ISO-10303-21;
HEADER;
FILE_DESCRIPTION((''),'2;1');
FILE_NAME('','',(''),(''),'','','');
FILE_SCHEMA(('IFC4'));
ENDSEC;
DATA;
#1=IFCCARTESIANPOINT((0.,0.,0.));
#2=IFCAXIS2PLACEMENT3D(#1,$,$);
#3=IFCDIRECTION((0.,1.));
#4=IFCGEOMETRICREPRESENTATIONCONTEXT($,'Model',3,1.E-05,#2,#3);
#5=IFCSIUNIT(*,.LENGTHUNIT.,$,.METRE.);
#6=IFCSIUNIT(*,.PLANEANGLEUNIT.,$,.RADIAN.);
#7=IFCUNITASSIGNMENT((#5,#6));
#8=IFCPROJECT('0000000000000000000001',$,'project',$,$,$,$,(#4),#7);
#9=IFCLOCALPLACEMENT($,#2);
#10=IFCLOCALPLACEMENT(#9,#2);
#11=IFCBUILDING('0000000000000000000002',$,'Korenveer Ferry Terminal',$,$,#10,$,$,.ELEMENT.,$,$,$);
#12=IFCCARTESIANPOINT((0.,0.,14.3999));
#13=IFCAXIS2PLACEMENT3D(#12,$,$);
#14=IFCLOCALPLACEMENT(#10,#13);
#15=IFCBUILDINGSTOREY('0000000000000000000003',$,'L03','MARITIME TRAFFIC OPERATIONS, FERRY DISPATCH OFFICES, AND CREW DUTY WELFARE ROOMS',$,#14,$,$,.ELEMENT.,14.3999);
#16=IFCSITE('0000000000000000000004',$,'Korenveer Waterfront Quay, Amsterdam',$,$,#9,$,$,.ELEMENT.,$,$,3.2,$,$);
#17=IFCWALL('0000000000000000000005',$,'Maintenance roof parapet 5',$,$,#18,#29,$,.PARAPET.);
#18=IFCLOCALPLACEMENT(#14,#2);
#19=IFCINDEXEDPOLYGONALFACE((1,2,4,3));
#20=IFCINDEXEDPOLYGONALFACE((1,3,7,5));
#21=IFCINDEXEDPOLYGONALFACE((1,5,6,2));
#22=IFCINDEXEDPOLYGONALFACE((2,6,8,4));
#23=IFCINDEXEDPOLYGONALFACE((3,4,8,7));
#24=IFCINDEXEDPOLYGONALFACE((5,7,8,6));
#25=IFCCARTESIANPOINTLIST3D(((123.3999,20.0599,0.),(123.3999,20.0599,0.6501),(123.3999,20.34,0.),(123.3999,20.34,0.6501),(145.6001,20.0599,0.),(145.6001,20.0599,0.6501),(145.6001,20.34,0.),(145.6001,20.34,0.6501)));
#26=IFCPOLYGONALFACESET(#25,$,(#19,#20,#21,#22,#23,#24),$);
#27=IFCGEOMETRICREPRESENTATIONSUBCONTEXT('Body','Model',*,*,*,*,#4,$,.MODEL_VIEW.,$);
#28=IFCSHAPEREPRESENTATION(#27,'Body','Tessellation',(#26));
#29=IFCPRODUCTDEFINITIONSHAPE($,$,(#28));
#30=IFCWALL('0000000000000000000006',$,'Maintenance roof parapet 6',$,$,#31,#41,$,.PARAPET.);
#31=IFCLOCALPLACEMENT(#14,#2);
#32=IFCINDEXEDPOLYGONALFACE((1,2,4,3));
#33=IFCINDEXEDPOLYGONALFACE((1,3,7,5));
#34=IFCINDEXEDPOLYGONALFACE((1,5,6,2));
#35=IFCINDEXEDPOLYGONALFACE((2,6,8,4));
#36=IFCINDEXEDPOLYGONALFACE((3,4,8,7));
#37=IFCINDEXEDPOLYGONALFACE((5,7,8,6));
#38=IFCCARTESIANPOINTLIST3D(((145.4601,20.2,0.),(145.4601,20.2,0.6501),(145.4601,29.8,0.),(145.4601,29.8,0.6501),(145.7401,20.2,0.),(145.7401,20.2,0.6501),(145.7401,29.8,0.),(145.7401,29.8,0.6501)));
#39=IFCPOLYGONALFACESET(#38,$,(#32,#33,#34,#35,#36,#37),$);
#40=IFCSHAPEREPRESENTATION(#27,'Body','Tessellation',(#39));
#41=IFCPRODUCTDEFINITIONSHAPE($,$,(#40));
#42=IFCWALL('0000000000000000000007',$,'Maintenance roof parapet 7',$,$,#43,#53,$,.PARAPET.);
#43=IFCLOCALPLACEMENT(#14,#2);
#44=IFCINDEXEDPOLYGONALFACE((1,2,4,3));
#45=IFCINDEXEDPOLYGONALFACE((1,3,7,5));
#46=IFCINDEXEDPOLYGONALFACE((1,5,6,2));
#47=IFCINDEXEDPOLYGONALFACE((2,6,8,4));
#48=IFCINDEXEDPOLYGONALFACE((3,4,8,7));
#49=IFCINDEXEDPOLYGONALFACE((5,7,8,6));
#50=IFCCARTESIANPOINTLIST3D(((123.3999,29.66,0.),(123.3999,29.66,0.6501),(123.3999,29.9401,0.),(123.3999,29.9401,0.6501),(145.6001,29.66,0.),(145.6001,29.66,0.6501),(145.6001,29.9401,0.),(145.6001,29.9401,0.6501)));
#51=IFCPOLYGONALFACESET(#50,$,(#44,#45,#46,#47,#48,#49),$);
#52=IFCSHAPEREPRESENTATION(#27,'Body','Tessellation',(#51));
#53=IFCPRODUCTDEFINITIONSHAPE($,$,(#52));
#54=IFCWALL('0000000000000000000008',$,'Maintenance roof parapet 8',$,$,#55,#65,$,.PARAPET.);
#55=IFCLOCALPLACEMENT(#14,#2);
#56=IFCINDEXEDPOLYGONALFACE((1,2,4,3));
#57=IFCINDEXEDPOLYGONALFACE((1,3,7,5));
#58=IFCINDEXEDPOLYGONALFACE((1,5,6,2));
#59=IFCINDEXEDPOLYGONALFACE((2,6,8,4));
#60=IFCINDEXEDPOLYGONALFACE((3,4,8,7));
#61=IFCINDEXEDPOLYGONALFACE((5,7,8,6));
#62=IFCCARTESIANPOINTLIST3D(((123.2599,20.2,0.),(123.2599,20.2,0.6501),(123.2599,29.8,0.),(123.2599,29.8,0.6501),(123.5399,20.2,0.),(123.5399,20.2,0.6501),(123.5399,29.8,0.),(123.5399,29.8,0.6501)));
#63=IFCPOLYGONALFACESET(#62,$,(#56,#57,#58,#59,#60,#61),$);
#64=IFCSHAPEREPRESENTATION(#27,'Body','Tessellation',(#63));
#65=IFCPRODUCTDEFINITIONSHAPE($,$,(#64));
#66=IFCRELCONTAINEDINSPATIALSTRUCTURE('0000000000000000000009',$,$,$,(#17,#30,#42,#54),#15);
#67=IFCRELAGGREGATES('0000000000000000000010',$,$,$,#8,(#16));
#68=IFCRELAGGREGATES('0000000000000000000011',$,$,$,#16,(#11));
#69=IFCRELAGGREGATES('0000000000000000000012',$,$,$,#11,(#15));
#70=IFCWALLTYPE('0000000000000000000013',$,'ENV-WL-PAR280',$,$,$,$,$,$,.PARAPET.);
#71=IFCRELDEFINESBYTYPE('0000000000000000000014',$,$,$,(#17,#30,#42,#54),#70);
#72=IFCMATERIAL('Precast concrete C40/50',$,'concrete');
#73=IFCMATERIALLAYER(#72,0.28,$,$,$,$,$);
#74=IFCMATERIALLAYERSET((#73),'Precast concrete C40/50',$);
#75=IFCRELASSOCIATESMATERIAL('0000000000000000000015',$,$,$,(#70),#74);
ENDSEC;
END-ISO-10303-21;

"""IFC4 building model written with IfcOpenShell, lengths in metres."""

from ifc_helpers import new_model, si_unit, direction, frame, frame_2d, origin, place, context, subcontext, project, spatial, rectangle, extrude, material, layer, layer_set, type_object, element, save


model = new_model("IFC4")

# Units and contexts
model_context = context("Model", 3, precision=1e-05, world=origin(), true_north=direction((0.0, 1.0)))
body_context = subcontext(model_context, "Body", "Model", "MODEL_VIEW")
ifc_project = project(units=[si_unit("LENGTHUNIT", "METRE"), si_unit("PLANEANGLEUNIT", "RADIAN")], contexts=[model_context])

# Site, building, storey
site_placement = place(None, origin())
site = spatial("IfcSite", under=ifc_project, at=site_placement, Name="Korenveer Waterfront Quay, Amsterdam", CompositionType="ELEMENT", RefElevation=3.2)
building_placement = place(site_placement, origin())
building = spatial("IfcBuilding", under=site, at=building_placement, Name="Korenveer Ferry Terminal", CompositionType="ELEMENT")
storey_placement = place(building_placement, frame((0.0, 0.0, 14.3999)))
storey = spatial("IfcBuildingStorey", under=building, at=storey_placement, Name="L03", Description="MARITIME TRAFFIC OPERATIONS, FERRY DISPATCH OFFICES, AND CREW DUTY WELFARE ROOMS", CompositionType="ELEMENT", Elevation=14.3999)

# Walls
ifc_material_1 = material(Name="Precast concrete C40/50", Category="concrete")
ifc_layer_1 = layer(ifc_material_1, 0.28)
ifc_layer_set_1 = layer_set([ifc_layer_1], Name="Precast concrete C40/50")
wall_type = type_object("IfcWallType", Name="ENV-WL-PAR280", PredefinedType="PARAPET", material=ifc_layer_set_1)
wall_1_placement = place(storey_placement, frame((123.3999, 20.2, 0.0), z_axis=(0.0, 0.0, 1.0), x_axis=(1.0, 0.0, 0.0)))
element("IfcWall", 1, at=wall_1_placement, inside=storey, type_object=wall_type, Name="Maintenance roof parapet 5", PredefinedType="PARAPET", context=body_context, shape_type="SweptSolid", body=[
    extrude(rectangle(XDim=22.2002, YDim=0.28, at=frame_2d((11.1001, 0.0))), origin(), (0.0, 0.0, 1.0), 0.6501),
])
wall_2_placement = place(storey_placement, frame((145.6001, 20.2, 0.0), z_axis=(0.0, 0.0, 1.0), x_axis=(0.0, 1.0, 0.0)))
element("IfcWall", 2, at=wall_2_placement, inside=storey, type_object=wall_type, Name="Maintenance roof parapet 6", PredefinedType="PARAPET", context=body_context, shape_type="SweptSolid", body=[
    extrude(rectangle(XDim=9.6001, YDim=0.28, at=frame_2d((4.8, 0.0))), origin(), (0.0, 0.0, 1.0), 0.6501),
])
wall_3_placement = place(storey_placement, frame((145.6001, 29.8, 0.0), z_axis=(0.0, 0.0, 1.0), x_axis=(-1.0, 0.0, 0.0)))
element("IfcWall", 3, at=wall_3_placement, inside=storey, type_object=wall_type, Name="Maintenance roof parapet 7", PredefinedType="PARAPET", context=body_context, shape_type="SweptSolid", body=[
    extrude(rectangle(XDim=22.2002, YDim=0.28, at=frame_2d((11.1001, 0.0))), origin(), (0.0, 0.0, 1.0), 0.6501),
])
wall_4_placement = place(storey_placement, frame((123.3999, 29.8, 0.0), z_axis=(0.0, 0.0, 1.0), x_axis=(0.0, -1.0, 0.0)))
element("IfcWall", 4, at=wall_4_placement, inside=storey, type_object=wall_type, Name="Maintenance roof parapet 8", PredefinedType="PARAPET", context=body_context, shape_type="SweptSolid", body=[
    extrude(rectangle(XDim=9.6001, YDim=0.28, at=frame_2d((4.8, 0.0))), origin(), (0.0, 0.0, 1.0), 0.6501),
])

save(model, "model.ifc")
